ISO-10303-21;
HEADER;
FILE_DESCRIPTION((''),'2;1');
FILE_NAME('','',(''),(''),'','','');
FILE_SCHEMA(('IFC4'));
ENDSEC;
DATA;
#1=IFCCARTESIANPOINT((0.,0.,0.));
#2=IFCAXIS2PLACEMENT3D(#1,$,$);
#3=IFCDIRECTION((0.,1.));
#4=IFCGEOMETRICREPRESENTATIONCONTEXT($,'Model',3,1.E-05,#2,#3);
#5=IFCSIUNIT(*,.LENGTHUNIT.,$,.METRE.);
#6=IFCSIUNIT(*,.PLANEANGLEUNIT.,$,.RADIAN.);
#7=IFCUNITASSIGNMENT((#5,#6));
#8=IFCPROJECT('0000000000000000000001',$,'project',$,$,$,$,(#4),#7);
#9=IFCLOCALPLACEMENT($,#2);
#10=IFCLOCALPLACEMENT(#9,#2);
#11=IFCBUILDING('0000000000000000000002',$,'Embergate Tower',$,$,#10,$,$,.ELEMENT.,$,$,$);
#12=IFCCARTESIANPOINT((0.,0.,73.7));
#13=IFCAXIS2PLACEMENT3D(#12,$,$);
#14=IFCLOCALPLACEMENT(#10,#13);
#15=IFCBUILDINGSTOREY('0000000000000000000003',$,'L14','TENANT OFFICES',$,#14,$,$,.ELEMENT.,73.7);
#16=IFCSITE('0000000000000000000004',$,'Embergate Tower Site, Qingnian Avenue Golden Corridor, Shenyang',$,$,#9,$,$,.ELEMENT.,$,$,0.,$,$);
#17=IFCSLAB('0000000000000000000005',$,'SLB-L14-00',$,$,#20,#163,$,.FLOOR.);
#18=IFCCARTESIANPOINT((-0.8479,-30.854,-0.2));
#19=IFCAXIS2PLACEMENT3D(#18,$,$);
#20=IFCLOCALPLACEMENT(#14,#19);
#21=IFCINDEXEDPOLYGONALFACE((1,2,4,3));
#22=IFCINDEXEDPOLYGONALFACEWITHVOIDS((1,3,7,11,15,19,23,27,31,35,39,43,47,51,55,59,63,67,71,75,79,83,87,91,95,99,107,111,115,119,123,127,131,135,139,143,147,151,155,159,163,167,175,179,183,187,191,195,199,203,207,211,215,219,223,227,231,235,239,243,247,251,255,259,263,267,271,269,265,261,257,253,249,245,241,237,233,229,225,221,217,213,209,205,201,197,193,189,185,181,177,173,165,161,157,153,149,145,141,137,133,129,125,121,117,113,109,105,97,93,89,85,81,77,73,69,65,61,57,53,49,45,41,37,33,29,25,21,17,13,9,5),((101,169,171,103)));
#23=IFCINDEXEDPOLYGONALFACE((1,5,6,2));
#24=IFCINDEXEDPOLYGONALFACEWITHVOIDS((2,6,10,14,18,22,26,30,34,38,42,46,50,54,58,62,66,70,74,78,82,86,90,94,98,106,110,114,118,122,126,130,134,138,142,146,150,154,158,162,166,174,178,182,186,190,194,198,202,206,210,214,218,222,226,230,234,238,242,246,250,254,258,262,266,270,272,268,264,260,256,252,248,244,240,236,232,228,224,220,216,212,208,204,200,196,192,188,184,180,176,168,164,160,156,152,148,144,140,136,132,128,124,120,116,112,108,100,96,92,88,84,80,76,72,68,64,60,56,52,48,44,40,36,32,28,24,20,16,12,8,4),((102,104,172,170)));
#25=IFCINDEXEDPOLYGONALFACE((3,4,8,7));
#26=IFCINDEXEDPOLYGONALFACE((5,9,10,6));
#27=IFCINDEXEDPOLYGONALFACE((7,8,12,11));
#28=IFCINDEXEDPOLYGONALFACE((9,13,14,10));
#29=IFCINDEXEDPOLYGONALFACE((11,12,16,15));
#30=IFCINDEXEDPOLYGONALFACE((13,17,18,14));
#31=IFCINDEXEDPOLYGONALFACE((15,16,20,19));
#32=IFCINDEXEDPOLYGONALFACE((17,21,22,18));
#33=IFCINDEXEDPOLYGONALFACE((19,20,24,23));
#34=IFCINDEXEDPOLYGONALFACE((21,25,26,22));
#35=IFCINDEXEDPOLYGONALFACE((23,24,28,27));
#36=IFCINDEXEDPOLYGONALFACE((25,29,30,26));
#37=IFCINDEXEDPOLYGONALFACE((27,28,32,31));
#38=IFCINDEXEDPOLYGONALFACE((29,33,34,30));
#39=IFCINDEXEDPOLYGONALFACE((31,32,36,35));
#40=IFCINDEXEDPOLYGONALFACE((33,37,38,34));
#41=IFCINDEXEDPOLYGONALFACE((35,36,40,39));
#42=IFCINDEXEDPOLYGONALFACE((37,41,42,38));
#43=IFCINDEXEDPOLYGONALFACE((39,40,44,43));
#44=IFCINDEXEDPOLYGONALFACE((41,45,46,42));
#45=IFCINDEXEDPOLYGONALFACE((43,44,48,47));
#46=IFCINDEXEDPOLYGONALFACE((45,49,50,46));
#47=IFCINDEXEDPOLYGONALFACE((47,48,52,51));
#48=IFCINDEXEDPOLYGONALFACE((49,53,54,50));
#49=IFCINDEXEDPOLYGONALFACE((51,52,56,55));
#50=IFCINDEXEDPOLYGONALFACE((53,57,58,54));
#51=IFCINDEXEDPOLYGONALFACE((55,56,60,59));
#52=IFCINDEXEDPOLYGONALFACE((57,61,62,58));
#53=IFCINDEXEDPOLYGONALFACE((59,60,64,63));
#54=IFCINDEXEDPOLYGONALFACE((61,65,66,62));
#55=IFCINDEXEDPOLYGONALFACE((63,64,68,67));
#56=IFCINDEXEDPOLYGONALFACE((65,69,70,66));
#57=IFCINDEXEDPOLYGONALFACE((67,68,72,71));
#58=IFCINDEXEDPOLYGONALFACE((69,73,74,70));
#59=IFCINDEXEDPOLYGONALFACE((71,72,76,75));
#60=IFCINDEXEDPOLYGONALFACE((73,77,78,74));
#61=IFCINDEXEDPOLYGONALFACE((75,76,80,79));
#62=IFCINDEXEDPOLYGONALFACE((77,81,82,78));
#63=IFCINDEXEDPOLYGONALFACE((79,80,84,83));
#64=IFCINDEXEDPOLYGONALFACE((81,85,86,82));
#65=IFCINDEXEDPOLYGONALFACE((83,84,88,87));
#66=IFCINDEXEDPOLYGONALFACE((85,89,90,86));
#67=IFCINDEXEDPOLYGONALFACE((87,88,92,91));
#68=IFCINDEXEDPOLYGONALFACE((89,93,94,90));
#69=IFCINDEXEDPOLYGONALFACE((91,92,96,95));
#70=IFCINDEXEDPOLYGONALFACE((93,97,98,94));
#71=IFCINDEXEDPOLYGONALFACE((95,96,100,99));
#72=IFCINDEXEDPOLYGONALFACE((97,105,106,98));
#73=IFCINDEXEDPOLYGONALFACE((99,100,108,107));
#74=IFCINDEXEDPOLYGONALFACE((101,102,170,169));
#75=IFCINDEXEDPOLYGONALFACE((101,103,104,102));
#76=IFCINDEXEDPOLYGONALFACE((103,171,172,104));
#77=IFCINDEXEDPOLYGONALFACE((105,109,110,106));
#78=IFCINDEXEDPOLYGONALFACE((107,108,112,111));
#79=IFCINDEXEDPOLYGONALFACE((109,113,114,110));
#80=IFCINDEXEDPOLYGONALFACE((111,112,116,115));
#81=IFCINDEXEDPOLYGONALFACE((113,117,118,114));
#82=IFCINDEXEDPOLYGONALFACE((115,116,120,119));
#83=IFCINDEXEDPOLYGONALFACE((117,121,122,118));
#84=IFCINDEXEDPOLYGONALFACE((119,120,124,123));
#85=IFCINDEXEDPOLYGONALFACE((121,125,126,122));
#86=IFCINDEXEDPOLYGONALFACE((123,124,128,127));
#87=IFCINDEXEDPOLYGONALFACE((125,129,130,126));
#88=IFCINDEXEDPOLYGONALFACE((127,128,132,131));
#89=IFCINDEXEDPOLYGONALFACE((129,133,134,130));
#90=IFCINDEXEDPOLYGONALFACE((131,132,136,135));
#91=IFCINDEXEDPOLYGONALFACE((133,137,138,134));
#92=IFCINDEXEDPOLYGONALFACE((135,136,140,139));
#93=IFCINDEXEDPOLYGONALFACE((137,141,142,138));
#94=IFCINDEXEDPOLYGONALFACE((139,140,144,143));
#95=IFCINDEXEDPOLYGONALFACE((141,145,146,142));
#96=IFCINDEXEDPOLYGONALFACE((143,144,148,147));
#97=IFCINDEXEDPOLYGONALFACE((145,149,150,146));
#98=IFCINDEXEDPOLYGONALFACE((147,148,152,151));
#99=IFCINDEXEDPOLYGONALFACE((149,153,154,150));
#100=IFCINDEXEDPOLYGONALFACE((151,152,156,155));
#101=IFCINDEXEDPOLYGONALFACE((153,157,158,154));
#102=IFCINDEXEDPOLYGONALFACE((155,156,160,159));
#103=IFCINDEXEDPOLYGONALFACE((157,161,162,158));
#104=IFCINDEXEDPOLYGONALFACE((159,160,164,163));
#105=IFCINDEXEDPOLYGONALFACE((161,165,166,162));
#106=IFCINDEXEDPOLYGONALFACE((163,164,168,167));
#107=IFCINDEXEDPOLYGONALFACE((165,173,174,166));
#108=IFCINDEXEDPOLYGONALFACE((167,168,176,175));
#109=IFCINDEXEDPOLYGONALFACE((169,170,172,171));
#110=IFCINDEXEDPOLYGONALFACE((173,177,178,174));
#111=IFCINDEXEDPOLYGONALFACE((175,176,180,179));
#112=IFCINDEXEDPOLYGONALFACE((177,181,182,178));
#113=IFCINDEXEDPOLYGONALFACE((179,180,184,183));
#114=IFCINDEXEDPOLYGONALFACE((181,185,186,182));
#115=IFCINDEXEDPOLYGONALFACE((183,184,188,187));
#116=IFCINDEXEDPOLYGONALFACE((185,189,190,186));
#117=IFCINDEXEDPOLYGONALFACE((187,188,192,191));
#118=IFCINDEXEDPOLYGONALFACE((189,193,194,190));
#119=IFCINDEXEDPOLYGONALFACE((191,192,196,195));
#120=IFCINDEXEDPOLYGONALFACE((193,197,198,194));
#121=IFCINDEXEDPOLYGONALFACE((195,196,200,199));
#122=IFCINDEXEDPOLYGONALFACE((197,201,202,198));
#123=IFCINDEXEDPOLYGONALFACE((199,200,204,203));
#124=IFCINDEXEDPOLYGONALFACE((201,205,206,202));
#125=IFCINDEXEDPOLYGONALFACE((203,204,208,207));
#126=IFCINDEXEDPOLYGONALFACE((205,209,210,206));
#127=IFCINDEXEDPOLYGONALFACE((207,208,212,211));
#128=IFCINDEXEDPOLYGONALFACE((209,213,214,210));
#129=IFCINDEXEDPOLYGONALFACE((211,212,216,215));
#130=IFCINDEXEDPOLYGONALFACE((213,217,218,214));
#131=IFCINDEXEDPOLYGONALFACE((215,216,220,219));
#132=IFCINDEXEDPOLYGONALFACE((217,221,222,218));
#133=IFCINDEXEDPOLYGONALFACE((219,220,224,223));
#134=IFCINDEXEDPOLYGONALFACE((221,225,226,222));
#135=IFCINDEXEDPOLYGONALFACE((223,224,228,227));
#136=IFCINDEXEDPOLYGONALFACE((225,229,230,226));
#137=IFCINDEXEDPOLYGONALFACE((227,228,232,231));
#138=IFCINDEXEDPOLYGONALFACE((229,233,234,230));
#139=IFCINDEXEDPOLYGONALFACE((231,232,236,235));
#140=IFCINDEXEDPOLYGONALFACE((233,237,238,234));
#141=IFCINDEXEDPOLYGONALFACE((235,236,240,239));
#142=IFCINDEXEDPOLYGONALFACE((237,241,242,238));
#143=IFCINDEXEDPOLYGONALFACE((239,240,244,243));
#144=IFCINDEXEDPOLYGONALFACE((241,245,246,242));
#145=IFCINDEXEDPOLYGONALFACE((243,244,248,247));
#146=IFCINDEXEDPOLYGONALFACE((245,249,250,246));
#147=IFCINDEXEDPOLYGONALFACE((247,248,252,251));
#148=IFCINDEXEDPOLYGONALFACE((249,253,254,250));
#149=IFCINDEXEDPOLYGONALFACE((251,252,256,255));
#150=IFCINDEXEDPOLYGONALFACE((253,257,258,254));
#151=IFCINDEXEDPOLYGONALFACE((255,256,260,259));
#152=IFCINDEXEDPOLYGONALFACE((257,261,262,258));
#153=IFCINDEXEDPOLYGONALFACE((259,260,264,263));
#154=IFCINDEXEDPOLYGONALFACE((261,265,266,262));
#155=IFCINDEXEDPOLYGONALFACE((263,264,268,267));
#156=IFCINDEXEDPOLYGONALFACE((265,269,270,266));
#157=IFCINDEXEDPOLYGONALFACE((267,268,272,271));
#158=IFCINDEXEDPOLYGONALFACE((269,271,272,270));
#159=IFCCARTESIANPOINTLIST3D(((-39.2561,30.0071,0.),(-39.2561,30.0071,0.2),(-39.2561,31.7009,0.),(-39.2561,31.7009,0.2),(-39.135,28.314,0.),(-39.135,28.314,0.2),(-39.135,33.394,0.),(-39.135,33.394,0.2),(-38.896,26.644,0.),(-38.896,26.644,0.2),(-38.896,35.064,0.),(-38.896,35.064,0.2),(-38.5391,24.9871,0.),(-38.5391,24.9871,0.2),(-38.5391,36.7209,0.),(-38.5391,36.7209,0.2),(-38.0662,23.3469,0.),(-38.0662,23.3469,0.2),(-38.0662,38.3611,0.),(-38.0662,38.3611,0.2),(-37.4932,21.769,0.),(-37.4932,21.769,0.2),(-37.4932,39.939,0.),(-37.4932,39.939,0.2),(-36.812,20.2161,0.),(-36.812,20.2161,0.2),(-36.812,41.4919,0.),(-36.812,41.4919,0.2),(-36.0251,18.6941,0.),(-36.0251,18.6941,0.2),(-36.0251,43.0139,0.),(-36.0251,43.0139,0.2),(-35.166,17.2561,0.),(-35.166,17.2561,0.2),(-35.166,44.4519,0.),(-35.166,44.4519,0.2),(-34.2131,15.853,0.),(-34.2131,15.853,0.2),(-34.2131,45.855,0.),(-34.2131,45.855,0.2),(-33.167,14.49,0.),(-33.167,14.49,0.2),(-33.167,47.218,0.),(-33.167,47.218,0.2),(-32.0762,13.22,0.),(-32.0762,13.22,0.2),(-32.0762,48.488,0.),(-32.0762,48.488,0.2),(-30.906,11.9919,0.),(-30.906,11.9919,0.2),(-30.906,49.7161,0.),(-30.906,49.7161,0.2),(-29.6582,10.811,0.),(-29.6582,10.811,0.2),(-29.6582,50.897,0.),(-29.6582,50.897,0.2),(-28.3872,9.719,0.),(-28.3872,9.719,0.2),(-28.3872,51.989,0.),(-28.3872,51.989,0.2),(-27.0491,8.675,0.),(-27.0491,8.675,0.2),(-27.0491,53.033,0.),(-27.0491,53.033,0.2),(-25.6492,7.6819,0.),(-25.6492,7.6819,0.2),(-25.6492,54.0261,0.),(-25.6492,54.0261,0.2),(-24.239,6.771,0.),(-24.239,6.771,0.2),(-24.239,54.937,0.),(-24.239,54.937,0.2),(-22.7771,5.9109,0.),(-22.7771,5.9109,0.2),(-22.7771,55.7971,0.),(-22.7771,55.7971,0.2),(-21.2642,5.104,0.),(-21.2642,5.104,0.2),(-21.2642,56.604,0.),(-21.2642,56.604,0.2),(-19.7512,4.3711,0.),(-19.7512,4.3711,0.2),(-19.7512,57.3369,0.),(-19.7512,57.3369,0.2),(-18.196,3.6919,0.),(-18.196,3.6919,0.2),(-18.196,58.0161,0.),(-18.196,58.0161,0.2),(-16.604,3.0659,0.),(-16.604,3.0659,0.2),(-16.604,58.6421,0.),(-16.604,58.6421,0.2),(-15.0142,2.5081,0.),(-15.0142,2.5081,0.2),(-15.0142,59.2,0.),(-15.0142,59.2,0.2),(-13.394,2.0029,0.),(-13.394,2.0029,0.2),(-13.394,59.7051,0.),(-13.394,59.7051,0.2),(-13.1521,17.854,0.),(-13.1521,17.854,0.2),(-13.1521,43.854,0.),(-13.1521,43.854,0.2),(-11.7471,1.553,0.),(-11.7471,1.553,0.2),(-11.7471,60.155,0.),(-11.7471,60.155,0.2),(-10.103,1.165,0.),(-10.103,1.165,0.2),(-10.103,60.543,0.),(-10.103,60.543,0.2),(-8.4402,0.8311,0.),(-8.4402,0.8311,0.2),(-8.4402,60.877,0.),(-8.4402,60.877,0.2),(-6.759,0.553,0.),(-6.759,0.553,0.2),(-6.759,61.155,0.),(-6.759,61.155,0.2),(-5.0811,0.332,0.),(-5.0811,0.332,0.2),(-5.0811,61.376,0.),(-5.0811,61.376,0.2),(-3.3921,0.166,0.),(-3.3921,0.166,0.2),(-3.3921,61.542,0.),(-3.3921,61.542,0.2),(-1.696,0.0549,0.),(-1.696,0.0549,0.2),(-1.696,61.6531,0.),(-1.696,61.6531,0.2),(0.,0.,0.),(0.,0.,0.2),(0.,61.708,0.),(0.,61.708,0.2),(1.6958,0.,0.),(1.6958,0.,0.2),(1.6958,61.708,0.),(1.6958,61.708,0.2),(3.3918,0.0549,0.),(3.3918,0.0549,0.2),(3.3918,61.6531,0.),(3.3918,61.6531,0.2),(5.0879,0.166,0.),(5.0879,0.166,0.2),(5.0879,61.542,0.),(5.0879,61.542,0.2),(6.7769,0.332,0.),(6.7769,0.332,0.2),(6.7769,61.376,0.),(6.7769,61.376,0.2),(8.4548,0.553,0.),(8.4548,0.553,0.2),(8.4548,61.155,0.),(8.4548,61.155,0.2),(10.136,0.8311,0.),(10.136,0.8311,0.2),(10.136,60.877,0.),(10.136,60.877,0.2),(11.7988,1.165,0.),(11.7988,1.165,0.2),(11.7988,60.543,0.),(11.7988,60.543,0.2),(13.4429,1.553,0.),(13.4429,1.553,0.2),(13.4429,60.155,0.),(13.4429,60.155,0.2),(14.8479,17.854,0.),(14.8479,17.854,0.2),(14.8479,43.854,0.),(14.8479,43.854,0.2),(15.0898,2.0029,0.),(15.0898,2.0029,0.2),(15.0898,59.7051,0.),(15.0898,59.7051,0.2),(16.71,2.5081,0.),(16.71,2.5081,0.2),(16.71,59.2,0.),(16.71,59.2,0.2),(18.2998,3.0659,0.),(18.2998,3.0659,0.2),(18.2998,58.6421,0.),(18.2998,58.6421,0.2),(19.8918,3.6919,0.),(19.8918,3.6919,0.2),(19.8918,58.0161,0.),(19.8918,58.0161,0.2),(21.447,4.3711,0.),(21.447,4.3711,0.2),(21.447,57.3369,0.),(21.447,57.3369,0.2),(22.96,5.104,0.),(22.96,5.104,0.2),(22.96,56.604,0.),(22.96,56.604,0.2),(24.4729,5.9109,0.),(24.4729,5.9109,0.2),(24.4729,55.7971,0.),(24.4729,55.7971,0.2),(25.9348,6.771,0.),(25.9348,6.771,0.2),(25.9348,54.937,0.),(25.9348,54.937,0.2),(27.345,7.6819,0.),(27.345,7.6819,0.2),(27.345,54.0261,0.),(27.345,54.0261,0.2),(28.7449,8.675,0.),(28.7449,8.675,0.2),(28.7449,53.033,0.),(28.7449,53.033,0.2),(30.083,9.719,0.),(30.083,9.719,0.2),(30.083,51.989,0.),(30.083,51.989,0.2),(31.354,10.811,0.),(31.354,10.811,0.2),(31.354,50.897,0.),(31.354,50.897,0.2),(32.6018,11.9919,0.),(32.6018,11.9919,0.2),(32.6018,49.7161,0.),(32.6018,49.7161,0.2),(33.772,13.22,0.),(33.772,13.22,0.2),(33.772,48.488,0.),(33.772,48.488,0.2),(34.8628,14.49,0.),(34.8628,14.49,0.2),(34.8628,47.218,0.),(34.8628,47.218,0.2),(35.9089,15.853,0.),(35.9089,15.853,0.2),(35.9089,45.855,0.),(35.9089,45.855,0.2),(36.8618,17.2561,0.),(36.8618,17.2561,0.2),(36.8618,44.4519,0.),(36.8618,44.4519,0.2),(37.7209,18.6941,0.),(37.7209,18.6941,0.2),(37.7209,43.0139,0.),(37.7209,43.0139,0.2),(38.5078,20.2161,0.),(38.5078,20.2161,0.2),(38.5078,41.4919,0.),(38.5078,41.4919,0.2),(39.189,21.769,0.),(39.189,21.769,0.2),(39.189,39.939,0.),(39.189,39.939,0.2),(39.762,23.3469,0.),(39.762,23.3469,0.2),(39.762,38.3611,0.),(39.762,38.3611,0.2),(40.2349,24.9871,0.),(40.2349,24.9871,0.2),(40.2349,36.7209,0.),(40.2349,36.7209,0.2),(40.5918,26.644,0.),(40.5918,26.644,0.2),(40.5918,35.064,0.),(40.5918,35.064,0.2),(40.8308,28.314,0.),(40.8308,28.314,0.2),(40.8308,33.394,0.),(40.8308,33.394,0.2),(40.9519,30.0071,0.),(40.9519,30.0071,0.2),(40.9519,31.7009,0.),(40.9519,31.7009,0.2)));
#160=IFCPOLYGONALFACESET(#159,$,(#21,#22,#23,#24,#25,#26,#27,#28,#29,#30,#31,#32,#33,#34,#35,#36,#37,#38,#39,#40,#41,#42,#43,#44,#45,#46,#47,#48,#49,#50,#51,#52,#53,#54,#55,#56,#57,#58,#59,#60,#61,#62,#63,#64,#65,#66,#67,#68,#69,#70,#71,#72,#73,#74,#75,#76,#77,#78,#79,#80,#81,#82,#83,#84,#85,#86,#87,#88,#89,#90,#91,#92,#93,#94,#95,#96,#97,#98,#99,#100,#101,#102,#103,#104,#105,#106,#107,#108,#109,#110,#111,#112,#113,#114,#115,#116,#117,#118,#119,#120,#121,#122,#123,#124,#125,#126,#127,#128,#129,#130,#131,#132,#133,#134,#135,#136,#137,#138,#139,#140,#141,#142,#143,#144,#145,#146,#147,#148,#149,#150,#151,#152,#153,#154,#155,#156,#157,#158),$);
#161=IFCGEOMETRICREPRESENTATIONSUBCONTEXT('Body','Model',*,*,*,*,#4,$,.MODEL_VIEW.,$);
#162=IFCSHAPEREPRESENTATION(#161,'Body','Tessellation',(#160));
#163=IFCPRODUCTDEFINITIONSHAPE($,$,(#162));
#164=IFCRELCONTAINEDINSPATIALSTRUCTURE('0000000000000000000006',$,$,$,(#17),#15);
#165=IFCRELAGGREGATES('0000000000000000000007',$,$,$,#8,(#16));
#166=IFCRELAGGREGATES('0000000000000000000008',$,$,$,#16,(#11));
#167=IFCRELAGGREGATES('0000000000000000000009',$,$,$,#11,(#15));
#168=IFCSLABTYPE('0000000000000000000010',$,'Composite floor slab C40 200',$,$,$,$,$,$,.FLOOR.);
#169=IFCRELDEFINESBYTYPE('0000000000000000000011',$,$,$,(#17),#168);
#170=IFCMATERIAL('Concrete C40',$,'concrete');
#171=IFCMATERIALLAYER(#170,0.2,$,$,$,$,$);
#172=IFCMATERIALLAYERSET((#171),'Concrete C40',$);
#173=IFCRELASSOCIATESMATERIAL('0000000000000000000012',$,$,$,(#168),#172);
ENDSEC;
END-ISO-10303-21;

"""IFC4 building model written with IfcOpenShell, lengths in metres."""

from ifc_helpers import new_model, si_unit, direction, frame, origin, place, context, subcontext, project, spatial, polyline, outline, extrude, source, transform, mapped, material, layer, layer_set, type_object, element, save


model = new_model("IFC4")

# Units and contexts
model_context = context("Model", 3, precision=1e-05, world=origin(), true_north=direction((0.0, 1.0)))
body_context = subcontext(model_context, "Body", "Model", "MODEL_VIEW")
ifc_project = project(units=[si_unit("LENGTHUNIT", "METRE"), si_unit("PLANEANGLEUNIT", "RADIAN")], contexts=[model_context])

# Site, building, storey
site_placement = place(None, origin())
site = spatial("IfcSite", under=ifc_project, at=site_placement, Name="Embergate Tower Site, Qingnian Avenue Golden Corridor, Shenyang", CompositionType="ELEMENT", RefElevation=0.0)
building_placement = place(site_placement, origin())
building = spatial("IfcBuilding", under=site, at=building_placement, Name="Embergate Tower", CompositionType="ELEMENT")
storey_placement = place(building_placement, frame((0.0, 0.0, 73.7)))
storey = spatial("IfcBuildingStorey", under=building, at=storey_placement, Name="L14", Description="TENANT OFFICES", CompositionType="ELEMENT", Elevation=73.7)

# Slab
ifc_material_1 = material(Name="Concrete C40", Category="concrete")
ifc_layer_1 = layer(ifc_material_1, 0.2)
ifc_layer_set_1 = layer_set([ifc_layer_1], Name="Concrete C40")
slab_type = type_object("IfcSlabType", Name="Composite floor slab C40 200", PredefinedType="FLOOR", material=ifc_layer_set_1)
shared_shape_1 = source(origin(), body_context, "Body", "SweptSolid", [
    extrude(outline(polyline([(0.0, 0.0), (1.6958, 0.0), (3.3918, 0.0549), (5.0879, 0.166), (6.7769, 0.332), (8.4548, 0.553), (10.136, 0.8311), (11.7988, 1.165), (13.4429, 1.553), (15.0898, 2.0029), (16.71, 2.5081), (18.2998, 3.0659), (19.8918, 3.6919), (21.447, 4.3711), (22.96, 5.104), (24.4729, 5.9109), (25.9348, 6.771), (27.345, 7.6819), (28.7449, 8.675), (30.083, 9.719), (31.354, 10.811), (32.6018, 11.9919), (33.772, 13.22), (34.8628, 14.49), (35.9089, 15.853), (36.8618, 17.2561), (37.7209, 18.6941), (38.5078, 20.2161), (39.189, 21.769), (39.762, 23.3469), (40.2349, 24.9871), (40.5918, 26.644), (40.8308, 28.314), (40.9519, 30.0071), (40.9519, 31.7009), (40.8308, 33.394), (40.5918, 35.064), (40.2349, 36.7209), (39.762, 38.3611), (39.189, 39.939), (38.5078, 41.4919), (37.7209, 43.0139), (36.8618, 44.4519), (35.9089, 45.855), (34.8628, 47.218), (33.772, 48.488), (32.6018, 49.7161), (31.354, 50.897), (30.083, 51.989), (28.7449, 53.033), (27.345, 54.0261), (25.9348, 54.937), (24.4729, 55.7971), (22.96, 56.604), (21.447, 57.3369), (19.8918, 58.0161), (18.2998, 58.6421), (16.71, 59.2), (15.0898, 59.7051), (13.4429, 60.155), (11.7988, 60.543), (10.136, 60.877), (8.4548, 61.155), (6.7769, 61.376), (5.0879, 61.542), (3.3918, 61.6531), (1.6958, 61.708), (0.0, 61.708), (-1.696, 61.6531), (-3.3921, 61.542), (-5.0811, 61.376), (-6.759, 61.155), (-8.4402, 60.877), (-10.103, 60.543), (-11.7471, 60.155), (-13.394, 59.7051), (-15.0142, 59.2), (-16.604, 58.6421), (-18.196, 58.0161), (-19.7512, 57.3369), (-21.2642, 56.604), (-22.7771, 55.7971), (-24.239, 54.937), (-25.6492, 54.0261), (-27.0491, 53.033), (-28.3872, 51.989), (-29.6582, 50.897), (-30.906, 49.7161), (-32.0762, 48.488), (-33.167, 47.218), (-34.2131, 45.855), (-35.166, 44.4519), (-36.0251, 43.0139), (-36.812, 41.4919), (-37.4932, 39.939), (-38.0662, 38.3611), (-38.5391, 36.7209), (-38.896, 35.064), (-39.135, 33.394), (-39.2561, 31.7009), (-39.2561, 30.0071), (-39.135, 28.314), (-38.896, 26.644), (-38.5391, 24.9871), (-38.0662, 23.3469), (-37.4932, 21.769), (-36.812, 20.2161), (-36.0251, 18.6941), (-35.166, 17.2561), (-34.2131, 15.853), (-33.167, 14.49), (-32.0762, 13.22), (-30.906, 11.9919), (-29.6582, 10.811), (-28.3872, 9.719), (-27.0491, 8.675), (-25.6492, 7.6819), (-24.239, 6.771), (-22.7771, 5.9109), (-21.2642, 5.104), (-19.7512, 4.3711), (-18.196, 3.6919), (-16.604, 3.0659), (-15.0142, 2.5081), (-13.394, 2.0029), (-11.7471, 1.553), (-10.103, 1.165), (-8.4402, 0.8311), (-6.759, 0.553), (-5.0811, 0.332), (-3.3921, 0.166), (-1.696, 0.0549), (0.0, 0.0)]), holes=[polyline([(-13.1521, 17.854), (-13.1521, 43.854), (14.8479, 43.854), (14.8479, 17.854), (-13.1521, 17.854)])]), origin(), (0.0, 0.0, 1.0), 0.2),
])
slab_placement = place(storey_placement, frame((-0.8479, -30.854, -0.2)))
element("IfcSlab", 1, at=slab_placement, inside=storey, type_object=slab_type, Name="SLB-L14-00", PredefinedType="FLOOR", context=body_context, shape_type="MappedRepresentation", body=[
    mapped(shared_shape_1, transform((0.0, 0.0, 0.0))),
])

save(model, "model.ifc")
